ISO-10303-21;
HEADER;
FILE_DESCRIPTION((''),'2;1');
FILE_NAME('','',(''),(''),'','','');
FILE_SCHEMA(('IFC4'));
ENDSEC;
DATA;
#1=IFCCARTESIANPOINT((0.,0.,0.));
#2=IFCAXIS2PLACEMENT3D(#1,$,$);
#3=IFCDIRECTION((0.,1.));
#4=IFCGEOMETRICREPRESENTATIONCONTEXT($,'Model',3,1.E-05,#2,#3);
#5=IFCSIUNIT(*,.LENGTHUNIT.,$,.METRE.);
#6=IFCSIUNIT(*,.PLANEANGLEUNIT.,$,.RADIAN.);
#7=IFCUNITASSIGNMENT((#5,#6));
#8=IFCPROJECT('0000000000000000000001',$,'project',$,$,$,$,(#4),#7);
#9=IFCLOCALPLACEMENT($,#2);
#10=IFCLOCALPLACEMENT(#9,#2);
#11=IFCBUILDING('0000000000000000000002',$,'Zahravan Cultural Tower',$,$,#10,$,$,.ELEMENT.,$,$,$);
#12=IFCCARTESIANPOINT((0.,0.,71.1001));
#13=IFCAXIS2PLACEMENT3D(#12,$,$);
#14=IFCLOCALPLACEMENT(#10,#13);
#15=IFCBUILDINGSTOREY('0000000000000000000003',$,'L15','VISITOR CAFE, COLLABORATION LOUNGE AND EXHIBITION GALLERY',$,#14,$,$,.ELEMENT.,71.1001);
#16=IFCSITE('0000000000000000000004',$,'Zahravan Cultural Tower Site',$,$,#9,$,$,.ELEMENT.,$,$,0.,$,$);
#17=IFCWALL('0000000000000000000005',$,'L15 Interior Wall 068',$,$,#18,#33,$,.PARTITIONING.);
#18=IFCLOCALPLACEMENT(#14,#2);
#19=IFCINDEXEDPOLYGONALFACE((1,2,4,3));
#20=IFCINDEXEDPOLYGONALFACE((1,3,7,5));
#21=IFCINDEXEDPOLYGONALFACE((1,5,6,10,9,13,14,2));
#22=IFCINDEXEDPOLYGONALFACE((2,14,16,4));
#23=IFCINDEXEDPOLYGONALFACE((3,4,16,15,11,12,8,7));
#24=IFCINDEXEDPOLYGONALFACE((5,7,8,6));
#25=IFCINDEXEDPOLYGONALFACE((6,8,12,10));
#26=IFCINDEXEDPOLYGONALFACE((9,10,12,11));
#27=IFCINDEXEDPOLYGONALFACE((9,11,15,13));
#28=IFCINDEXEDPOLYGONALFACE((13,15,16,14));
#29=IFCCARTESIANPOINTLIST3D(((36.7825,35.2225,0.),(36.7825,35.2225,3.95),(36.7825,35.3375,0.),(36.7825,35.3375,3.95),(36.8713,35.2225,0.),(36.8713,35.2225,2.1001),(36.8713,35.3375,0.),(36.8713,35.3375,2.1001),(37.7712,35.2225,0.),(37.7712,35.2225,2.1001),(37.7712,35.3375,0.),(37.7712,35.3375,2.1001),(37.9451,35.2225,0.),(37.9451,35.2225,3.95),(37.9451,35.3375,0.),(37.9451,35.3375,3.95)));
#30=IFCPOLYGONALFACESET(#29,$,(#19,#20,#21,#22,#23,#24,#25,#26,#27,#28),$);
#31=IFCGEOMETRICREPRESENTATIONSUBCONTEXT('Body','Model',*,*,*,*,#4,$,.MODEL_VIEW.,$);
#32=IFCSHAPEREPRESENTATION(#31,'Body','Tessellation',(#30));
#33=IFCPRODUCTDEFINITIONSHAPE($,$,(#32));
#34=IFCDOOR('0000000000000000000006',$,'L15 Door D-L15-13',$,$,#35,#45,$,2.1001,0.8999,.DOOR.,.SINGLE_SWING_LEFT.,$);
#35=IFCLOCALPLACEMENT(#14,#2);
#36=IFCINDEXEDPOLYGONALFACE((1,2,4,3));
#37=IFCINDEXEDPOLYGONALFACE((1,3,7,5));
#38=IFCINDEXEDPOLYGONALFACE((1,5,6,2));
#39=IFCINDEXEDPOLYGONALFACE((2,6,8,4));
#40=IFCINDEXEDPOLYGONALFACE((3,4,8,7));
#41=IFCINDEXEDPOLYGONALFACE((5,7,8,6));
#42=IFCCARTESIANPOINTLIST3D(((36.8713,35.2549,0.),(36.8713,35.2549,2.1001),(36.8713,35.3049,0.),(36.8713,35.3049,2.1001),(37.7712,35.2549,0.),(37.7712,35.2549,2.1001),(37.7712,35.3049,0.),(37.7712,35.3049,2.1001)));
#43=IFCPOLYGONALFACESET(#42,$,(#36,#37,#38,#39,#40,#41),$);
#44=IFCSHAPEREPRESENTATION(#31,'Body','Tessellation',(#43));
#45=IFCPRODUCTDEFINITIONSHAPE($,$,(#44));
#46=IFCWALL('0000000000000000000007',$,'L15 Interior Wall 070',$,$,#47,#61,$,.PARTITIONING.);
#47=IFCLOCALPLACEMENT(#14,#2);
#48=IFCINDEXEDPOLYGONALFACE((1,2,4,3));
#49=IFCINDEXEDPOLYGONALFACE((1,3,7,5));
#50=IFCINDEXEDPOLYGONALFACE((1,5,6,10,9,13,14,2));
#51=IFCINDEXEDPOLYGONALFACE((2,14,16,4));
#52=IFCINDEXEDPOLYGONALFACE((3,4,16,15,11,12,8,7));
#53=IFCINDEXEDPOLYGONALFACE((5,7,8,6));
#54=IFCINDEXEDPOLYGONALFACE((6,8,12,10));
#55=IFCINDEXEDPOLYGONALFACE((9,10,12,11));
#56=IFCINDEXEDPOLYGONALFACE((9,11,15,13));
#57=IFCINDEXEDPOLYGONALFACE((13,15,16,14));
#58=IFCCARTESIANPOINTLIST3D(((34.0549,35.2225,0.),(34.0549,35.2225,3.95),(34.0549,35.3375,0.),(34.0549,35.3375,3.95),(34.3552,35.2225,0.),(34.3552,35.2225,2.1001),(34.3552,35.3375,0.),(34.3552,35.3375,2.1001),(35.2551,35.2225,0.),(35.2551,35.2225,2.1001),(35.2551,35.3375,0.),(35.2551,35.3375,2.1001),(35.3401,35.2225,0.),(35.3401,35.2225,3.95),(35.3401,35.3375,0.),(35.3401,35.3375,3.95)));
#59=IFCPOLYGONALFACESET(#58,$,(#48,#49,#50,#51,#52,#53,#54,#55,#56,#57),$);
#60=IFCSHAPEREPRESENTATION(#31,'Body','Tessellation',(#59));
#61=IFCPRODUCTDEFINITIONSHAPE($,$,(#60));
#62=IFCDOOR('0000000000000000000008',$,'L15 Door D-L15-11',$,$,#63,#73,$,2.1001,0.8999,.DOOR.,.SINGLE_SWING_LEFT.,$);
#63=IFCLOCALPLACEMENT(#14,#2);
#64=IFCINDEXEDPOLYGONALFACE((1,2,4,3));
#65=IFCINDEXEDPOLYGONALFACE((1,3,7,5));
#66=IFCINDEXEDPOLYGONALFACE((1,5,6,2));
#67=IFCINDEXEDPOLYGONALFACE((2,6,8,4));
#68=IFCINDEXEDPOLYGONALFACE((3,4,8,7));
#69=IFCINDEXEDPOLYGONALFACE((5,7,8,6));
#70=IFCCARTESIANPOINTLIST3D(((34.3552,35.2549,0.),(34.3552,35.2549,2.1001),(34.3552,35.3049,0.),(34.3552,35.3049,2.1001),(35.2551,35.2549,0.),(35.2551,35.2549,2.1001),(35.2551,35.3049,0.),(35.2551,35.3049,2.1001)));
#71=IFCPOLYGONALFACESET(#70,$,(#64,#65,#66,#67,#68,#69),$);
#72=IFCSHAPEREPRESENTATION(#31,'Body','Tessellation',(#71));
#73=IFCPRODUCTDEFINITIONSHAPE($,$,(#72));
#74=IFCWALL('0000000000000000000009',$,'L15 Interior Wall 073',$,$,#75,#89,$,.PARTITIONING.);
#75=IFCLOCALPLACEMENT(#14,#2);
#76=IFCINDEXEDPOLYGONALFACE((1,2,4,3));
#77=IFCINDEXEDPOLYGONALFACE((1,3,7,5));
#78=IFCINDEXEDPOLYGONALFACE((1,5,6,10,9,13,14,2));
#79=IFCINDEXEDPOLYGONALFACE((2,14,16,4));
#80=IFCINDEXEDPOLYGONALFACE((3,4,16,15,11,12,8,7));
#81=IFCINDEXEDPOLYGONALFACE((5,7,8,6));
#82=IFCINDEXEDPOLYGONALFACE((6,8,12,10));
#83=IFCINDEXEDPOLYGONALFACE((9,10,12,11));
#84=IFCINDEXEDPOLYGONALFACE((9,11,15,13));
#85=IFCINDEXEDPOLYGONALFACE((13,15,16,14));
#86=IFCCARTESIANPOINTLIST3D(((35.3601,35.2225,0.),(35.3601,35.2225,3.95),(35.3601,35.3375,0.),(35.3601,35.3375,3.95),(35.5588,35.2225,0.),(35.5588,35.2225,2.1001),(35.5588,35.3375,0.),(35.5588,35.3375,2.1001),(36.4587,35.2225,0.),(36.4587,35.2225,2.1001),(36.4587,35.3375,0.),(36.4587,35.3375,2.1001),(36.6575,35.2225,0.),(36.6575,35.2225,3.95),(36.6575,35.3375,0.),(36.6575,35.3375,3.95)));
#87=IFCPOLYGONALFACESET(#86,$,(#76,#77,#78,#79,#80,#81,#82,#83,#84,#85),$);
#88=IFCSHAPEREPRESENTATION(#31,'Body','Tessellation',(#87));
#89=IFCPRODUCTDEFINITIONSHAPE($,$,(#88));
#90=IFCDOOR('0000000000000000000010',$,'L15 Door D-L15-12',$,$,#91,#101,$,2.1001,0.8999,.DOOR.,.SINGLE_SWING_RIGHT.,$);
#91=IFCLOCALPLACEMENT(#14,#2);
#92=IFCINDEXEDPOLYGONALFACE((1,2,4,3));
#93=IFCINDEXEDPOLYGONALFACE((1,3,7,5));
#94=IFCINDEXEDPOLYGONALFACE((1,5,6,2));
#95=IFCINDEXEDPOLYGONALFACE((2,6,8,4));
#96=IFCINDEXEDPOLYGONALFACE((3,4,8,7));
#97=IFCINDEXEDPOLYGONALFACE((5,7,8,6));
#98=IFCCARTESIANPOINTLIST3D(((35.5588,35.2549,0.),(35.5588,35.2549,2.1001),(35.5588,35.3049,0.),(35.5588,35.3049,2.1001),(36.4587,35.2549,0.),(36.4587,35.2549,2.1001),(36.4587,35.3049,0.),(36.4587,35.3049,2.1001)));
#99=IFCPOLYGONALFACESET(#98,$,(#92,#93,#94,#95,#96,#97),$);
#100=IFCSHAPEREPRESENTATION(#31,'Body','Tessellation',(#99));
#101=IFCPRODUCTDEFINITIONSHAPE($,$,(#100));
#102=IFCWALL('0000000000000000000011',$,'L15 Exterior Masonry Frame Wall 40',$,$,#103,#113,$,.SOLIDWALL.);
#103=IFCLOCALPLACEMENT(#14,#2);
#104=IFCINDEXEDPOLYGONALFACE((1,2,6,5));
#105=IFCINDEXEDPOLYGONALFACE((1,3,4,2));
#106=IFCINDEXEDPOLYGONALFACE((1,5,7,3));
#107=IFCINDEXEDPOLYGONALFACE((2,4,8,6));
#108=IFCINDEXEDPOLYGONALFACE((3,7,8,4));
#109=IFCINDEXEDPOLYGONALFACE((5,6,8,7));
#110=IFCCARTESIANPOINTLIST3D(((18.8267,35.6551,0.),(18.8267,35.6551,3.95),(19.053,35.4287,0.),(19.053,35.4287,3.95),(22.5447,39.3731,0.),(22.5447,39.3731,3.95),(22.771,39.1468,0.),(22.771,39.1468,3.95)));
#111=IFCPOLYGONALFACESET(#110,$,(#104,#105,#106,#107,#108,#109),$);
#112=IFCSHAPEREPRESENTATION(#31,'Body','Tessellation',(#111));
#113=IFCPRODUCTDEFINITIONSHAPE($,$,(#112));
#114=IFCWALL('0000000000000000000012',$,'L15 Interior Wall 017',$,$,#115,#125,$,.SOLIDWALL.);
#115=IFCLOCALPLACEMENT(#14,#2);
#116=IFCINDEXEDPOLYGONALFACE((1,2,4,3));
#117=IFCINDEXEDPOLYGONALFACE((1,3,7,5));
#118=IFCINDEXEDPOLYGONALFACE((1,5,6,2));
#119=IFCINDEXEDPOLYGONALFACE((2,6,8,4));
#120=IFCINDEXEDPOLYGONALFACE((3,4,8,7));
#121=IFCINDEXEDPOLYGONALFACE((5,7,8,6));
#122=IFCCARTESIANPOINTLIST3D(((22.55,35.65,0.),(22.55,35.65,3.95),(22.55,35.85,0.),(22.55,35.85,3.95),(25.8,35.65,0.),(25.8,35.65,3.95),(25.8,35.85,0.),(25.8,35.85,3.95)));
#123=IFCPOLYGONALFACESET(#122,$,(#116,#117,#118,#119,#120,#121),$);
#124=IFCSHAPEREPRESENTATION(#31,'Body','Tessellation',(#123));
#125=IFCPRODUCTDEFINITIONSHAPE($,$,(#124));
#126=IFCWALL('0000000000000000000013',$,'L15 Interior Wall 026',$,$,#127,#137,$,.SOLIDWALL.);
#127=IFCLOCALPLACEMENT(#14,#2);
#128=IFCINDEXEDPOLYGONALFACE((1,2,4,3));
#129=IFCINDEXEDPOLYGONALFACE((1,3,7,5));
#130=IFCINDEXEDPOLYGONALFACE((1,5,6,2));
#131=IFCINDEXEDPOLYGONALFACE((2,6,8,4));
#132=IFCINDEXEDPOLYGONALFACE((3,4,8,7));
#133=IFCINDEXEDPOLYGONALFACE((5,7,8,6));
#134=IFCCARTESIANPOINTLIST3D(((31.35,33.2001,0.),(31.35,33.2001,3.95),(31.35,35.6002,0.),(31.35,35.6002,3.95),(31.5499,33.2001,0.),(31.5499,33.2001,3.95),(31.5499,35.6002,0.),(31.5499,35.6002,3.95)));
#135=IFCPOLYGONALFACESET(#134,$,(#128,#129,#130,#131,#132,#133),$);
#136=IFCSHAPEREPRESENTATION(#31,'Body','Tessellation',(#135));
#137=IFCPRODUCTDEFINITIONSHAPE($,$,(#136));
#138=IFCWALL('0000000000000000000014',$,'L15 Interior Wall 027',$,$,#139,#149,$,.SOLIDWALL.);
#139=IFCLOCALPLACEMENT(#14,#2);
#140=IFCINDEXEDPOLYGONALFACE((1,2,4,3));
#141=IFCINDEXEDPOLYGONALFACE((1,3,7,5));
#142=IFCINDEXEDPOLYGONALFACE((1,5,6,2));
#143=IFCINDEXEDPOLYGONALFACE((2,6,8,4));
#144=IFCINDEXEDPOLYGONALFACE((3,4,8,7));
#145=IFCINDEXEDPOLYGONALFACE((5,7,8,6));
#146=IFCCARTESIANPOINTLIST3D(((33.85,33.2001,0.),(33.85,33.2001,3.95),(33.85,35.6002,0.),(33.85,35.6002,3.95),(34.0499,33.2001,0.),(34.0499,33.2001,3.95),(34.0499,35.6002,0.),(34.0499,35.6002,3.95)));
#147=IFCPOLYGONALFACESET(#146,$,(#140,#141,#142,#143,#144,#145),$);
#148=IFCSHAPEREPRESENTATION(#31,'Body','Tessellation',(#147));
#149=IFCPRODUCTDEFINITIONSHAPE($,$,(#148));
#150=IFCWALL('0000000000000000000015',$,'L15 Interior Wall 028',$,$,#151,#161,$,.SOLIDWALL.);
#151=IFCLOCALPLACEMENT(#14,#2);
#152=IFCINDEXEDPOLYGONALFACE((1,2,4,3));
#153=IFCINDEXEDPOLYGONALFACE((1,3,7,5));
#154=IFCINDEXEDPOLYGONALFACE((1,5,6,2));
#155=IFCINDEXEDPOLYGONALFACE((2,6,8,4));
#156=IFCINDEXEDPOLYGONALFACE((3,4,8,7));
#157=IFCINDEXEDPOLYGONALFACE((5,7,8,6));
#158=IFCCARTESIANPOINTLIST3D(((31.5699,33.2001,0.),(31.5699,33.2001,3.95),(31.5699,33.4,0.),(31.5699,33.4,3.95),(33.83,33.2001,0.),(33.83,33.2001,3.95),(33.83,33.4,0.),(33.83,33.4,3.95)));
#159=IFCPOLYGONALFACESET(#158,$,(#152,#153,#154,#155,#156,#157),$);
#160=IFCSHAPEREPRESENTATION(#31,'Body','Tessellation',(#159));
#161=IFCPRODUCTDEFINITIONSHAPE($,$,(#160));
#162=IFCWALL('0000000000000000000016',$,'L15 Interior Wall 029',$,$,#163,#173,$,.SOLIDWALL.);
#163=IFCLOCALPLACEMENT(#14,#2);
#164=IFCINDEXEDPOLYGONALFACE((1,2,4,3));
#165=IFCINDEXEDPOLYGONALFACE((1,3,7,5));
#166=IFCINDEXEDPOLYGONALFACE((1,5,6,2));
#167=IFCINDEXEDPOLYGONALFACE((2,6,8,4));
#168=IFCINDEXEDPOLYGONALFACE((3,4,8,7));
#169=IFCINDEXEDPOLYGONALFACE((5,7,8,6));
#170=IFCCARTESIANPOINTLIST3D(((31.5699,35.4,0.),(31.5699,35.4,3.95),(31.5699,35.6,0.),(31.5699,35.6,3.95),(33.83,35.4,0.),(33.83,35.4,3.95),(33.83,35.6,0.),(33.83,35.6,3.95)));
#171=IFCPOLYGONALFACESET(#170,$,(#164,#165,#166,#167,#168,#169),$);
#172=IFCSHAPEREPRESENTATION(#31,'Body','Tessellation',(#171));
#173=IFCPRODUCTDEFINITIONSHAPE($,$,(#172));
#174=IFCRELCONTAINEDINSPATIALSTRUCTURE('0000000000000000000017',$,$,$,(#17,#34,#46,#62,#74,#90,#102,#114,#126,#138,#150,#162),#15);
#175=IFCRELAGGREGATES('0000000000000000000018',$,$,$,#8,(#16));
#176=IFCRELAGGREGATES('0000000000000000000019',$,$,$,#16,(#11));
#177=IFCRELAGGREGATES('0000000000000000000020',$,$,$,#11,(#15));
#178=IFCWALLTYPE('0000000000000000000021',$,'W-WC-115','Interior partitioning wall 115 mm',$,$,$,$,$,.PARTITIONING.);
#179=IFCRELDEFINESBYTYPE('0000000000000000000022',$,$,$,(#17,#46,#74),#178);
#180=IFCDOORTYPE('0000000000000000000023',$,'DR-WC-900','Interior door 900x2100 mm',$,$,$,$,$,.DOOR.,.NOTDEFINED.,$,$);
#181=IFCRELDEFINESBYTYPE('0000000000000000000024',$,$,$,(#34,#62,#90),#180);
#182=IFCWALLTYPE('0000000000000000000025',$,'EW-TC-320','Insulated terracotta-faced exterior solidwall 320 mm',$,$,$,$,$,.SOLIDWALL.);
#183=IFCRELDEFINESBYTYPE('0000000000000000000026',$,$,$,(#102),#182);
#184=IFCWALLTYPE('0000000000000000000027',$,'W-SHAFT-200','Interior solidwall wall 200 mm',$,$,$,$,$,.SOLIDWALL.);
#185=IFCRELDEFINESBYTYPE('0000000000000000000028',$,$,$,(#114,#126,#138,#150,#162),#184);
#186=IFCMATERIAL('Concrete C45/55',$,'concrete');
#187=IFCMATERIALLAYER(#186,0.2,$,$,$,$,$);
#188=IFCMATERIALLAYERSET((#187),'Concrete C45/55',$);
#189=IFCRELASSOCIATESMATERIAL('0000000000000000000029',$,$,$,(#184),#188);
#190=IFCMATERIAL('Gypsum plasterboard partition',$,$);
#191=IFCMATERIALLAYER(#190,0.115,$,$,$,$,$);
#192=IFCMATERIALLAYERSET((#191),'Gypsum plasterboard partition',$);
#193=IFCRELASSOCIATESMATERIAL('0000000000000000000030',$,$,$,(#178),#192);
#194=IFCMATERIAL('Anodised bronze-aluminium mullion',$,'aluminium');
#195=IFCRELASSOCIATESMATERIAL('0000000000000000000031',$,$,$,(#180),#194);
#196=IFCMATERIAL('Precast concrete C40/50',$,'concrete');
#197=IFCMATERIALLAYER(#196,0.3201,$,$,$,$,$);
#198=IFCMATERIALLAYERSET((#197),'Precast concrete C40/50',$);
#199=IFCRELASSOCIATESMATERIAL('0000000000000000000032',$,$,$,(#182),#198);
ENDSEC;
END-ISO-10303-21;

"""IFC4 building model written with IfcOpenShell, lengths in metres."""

from ifc_helpers import new_model, si_unit, direction, frame, frame_2d, origin, place, context, subcontext, project, spatial, rectangle, extrude, source, transform, mapped, material, layer, layer_set, type_object, element, fill, save


model = new_model("IFC4")

# Units and contexts
model_context = context("Model", 3, precision=1e-05, world=origin(), true_north=direction((0.0, 1.0)))
body_context = subcontext(model_context, "Body", "Model", "MODEL_VIEW")
ifc_project = project(units=[si_unit("LENGTHUNIT", "METRE"), si_unit("PLANEANGLEUNIT", "RADIAN")], contexts=[model_context])

# Site, building, storey
site_placement = place(None, origin())
site = spatial("IfcSite", under=ifc_project, at=site_placement, Name="Zahravan Cultural Tower Site", CompositionType="ELEMENT", RefElevation=0.0)
building_placement = place(site_placement, origin())
building = spatial("IfcBuilding", under=site, at=building_placement, Name="Zahravan Cultural Tower", CompositionType="ELEMENT")
storey_placement = place(building_placement, frame((0.0, 0.0, 71.1001)))
storey = spatial("IfcBuildingStorey", under=building, at=storey_placement, Name="L15", Description="VISITOR CAFE, COLLABORATION LOUNGE AND EXHIBITION GALLERY", CompositionType="ELEMENT", Elevation=71.1001)

# Walls, openings, doors
ifc_material_1 = material(Name="Gypsum plasterboard partition")
ifc_material_2 = material(Name="Anodised bronze-aluminium mullion", Category="aluminium")
ifc_material_3 = material(Name="Concrete C45/55", Category="concrete")
ifc_layer_1 = layer(ifc_material_3, 0.2)
ifc_layer_set_1 = layer_set([ifc_layer_1], Name="Concrete C45/55")
wall_type_1 = type_object("IfcWallType", Name="W-SHAFT-200", Description="Interior solidwall wall 200 mm", PredefinedType="SOLIDWALL", material=ifc_layer_set_1)
ifc_layer_2 = layer(ifc_material_1, 0.115)
ifc_layer_set_2 = layer_set([ifc_layer_2], Name="Gypsum plasterboard partition")
wall_type_2 = type_object("IfcWallType", Name="W-WC-115", Description="Interior partitioning wall 115 mm", PredefinedType="PARTITIONING", material=ifc_layer_set_2)
wall_1_placement = place(storey_placement, frame((36.7825, 35.28, 0.0), z_axis=(0.0, 0.0, 1.0), x_axis=(1.0, 0.0, 0.0)))
wall_1 = element("IfcWall", 1, at=wall_1_placement, inside=storey, type_object=wall_type_2, Name="L15 Interior Wall 068", PredefinedType="PARTITIONING", context=body_context, shape_type="SweptSolid", body=[
    extrude(rectangle(XDim=1.1626, YDim=0.115, at=frame_2d((0.5813, 0.0))), origin(), (0.0, 0.0, 1.0), 3.95),
])
opening_1_placement = place(wall_1_placement, frame((0.0889, 0.0, 0.0)))
opening_1 = element("IfcOpeningElement", 2, at=opening_1_placement, cuts=wall_1, PredefinedType="OPENING", context=body_context, shape_type="SweptSolid", body=[
    extrude(rectangle(XDim=0.8999, YDim=2.1001, at=frame_2d((0.45, 1.05))), frame((0.0, 0.0674, 0.0), z_axis=(0.0, -1.0, 0.0), x_axis=(1.0, 0.0, 0.0)), (0.0, 0.0, 1.0), 0.135),
])
door_type_1 = type_object("IfcDoorType", Name="DR-WC-900", Description="Interior door 900x2100 mm", OperationType="NOTDEFINED", PredefinedType="DOOR", material=ifc_material_2)
shared_shape_1 = source(origin(), body_context, "Body", "SweptSolid", [
    extrude(rectangle(XDim=0.8999, YDim=2.1001, at=frame_2d((0.45, 1.05))), frame((0.0, 0.0249, 0.0), z_axis=(0.0, -1.0, 0.0), x_axis=(1.0, 0.0, 0.0)), (0.0, 0.0, 1.0), 0.05),
])
door_1_placement = place(opening_1_placement, origin())
door_1 = element("IfcDoor", 3, at=door_1_placement, inside=storey, type_object=door_type_1, Name="L15 Door D-L15-13", OperationType="SINGLE_SWING_LEFT", OverallHeight=2.1001, OverallWidth=0.8999, PredefinedType="DOOR", context=body_context, shape_type="MappedRepresentation", body=[
    mapped(shared_shape_1, transform((0.0, 0.0, 0.0), x_axis=(1.0, 0.0, 0.0), y_axis=(0.0, 1.0, 0.0), z_axis=(0.0, 0.0, 1.0), scale=1.0)),
])
fill(opening_1, door_1)
wall_2_placement = place(storey_placement, frame((34.0549, 35.28, 0.0), z_axis=(0.0, 0.0, 1.0), x_axis=(1.0, 0.0, 0.0)))
wall_2 = element("IfcWall", 4, at=wall_2_placement, inside=storey, type_object=wall_type_2, Name="L15 Interior Wall 070", PredefinedType="PARTITIONING", context=body_context, shape_type="SweptSolid", body=[
    extrude(rectangle(XDim=1.2852, YDim=0.115, at=frame_2d((0.6426, 0.0))), origin(), (0.0, 0.0, 1.0), 3.95),
])
opening_2_placement = place(wall_2_placement, frame((0.3003, 0.0, 0.0)))
opening_2 = element("IfcOpeningElement", 5, at=opening_2_placement, cuts=wall_2, PredefinedType="OPENING", context=body_context, shape_type="SweptSolid", body=[
    extrude(rectangle(XDim=0.8999, YDim=2.1001, at=frame_2d((0.45, 1.05))), frame((0.0, 0.0674, 0.0), z_axis=(0.0, -1.0, 0.0), x_axis=(1.0, 0.0, 0.0)), (0.0, 0.0, 1.0), 0.135),
])
door_2_placement = place(opening_2_placement, origin())
door_2 = element("IfcDoor", 6, at=door_2_placement, inside=storey, type_object=door_type_1, Name="L15 Door D-L15-11", OperationType="SINGLE_SWING_LEFT", OverallHeight=2.1001, OverallWidth=0.8999, PredefinedType="DOOR", context=body_context, shape_type="MappedRepresentation", body=[
    mapped(shared_shape_1, transform((0.0, 0.0, 0.0), x_axis=(1.0, 0.0, 0.0), y_axis=(0.0, 1.0, 0.0), z_axis=(0.0, 0.0, 1.0), scale=1.0)),
])
fill(opening_2, door_2)
wall_3_placement = place(storey_placement, frame((35.3601, 35.28, 0.0), z_axis=(0.0, 0.0, 1.0), x_axis=(1.0, 0.0, 0.0)))
wall_3 = element("IfcWall", 7, at=wall_3_placement, inside=storey, type_object=wall_type_2, Name="L15 Interior Wall 073", PredefinedType="PARTITIONING", context=body_context, shape_type="SweptSolid", body=[
    extrude(rectangle(XDim=1.2974, YDim=0.115, at=frame_2d((0.6487, 0.0))), origin(), (0.0, 0.0, 1.0), 3.95),
])
opening_3_placement = place(wall_3_placement, frame((0.1987, 0.0, 0.0)))
opening_3 = element("IfcOpeningElement", 8, at=opening_3_placement, cuts=wall_3, PredefinedType="OPENING", context=body_context, shape_type="SweptSolid", body=[
    extrude(rectangle(XDim=0.8999, YDim=2.1001, at=frame_2d((0.45, 1.05))), frame((0.0, 0.0674, 0.0), z_axis=(0.0, -1.0, 0.0), x_axis=(1.0, 0.0, 0.0)), (0.0, 0.0, 1.0), 0.135),
])
door_3_placement = place(opening_3_placement, origin())
door_3 = element("IfcDoor", 9, at=door_3_placement, inside=storey, type_object=door_type_1, Name="L15 Door D-L15-12", OperationType="SINGLE_SWING_RIGHT", OverallHeight=2.1001, OverallWidth=0.8999, PredefinedType="DOOR", context=body_context, shape_type="MappedRepresentation", body=[
    mapped(shared_shape_1, transform((0.0, 0.0, 0.0), x_axis=(1.0, 0.0, 0.0), y_axis=(0.0, 1.0, 0.0), z_axis=(0.0, 0.0, 1.0), scale=1.0)),
])
fill(opening_3, door_3)

# Walls
ifc_material_4 = material(Name="Precast concrete C40/50", Category="concrete")
ifc_layer_3 = layer(ifc_material_4, 0.3201)
ifc_layer_set_3 = layer_set([ifc_layer_3], Name="Precast concrete C40/50")
wall_type_3 = type_object("IfcWallType", Name="EW-TC-320", Description="Insulated terracotta-faced exterior solidwall 320 mm", PredefinedType="SOLIDWALL", material=ifc_layer_set_3)
shared_shape_2 = source(origin(), body_context, "Body", "SweptSolid", [
    extrude(rectangle(XDim=5.2581, YDim=0.3201, at=frame_2d((2.6289, 0.0))), origin(), (0.0, 0.0, 1.0), 3.95),
])
wall_4_placement = place(storey_placement, frame((18.9399, 35.542, 0.0), z_axis=(0.0, 0.0, 1.0), x_axis=(0.707107, 0.707107, 0.0)))
element("IfcWall", 10, at=wall_4_placement, inside=storey, type_object=wall_type_3, Name="L15 Exterior Masonry Frame Wall 40", PredefinedType="SOLIDWALL", context=body_context, shape_type="MappedRepresentation", body=[
    mapped(shared_shape_2, transform((0.0, 0.0, 0.0), x_axis=(1.0, 0.0, 0.0), y_axis=(0.0, 1.0, 0.0), z_axis=(0.0, 0.0, 1.0), scale=1.0)),
])
shared_shape_3 = source(origin(), body_context, "Body", "SweptSolid", [
    extrude(rectangle(XDim=3.25, YDim=0.2, at=frame_2d((1.625, 0.0))), origin(), (0.0, 0.0, 1.0), 3.95),
])
wall_5_placement = place(storey_placement, frame((22.55, 35.75, 0.0), z_axis=(0.0, 0.0, 1.0), x_axis=(1.0, 0.0, 0.0)))
element("IfcWall", 11, at=wall_5_placement, inside=storey, type_object=wall_type_1, Name="L15 Interior Wall 017", PredefinedType="SOLIDWALL", context=body_context, shape_type="MappedRepresentation", body=[
    mapped(shared_shape_3, transform((0.0, 0.0, 0.0), x_axis=(1.0, 0.0, 0.0), y_axis=(0.0, 1.0, 0.0), z_axis=(0.0, 0.0, 1.0), scale=1.0)),
])
shared_shape_4 = source(origin(), body_context, "Body", "SweptSolid", [
    extrude(rectangle(XDim=2.4001, YDim=0.2, at=frame_2d((1.2002, 0.0))), origin(), (0.0, 0.0, 1.0), 3.95),
])
for number, where, z_axis, x_axis, name in (
    (12, (31.45, 33.2, 0.0), (0.0, 0.0, 1.0), (0.0, 1.0, 0.0), "L15 Interior Wall 026"),
    (13, (33.95, 33.2, 0.0), (0.0, 0.0, 1.0), (0.0, 1.0, 0.0), "L15 Interior Wall 027"),
):
    element("IfcWall", number, at=place(storey_placement, frame(where, z_axis=z_axis, x_axis=x_axis)), inside=storey, type_object=wall_type_1, Name=name, PredefinedType="SOLIDWALL", context=body_context, shape_type="MappedRepresentation", body=[
        mapped(shared_shape_4, transform((0.0, 0.0, 0.0), x_axis=(1.0, 0.0, 0.0), y_axis=(0.0, 1.0, 0.0), z_axis=(0.0, 0.0, 1.0), scale=1.0)),
    ])
shared_shape_5 = source(origin(), body_context, "Body", "SweptSolid", [
    extrude(rectangle(XDim=2.26, YDim=0.2, at=frame_2d((1.1299, 0.0))), origin(), (0.0, 0.0, 1.0), 3.95),
])
for number, where, z_axis, x_axis, name in (
    (14, (31.5701, 33.3, 0.0), (0.0, 0.0, 1.0), (1.0, 0.0, 0.0), "L15 Interior Wall 028"),
    (15, (31.5701, 35.5, 0.0), (0.0, 0.0, 1.0), (1.0, 0.0, 0.0), "L15 Interior Wall 029"),
):
    element("IfcWall", number, at=place(storey_placement, frame(where, z_axis=z_axis, x_axis=x_axis)), inside=storey, type_object=wall_type_1, Name=name, PredefinedType="SOLIDWALL", context=body_context, shape_type="MappedRepresentation", body=[
        mapped(shared_shape_5, transform((0.0, 0.0, 0.0), x_axis=(1.0, 0.0, 0.0), y_axis=(0.0, 1.0, 0.0), z_axis=(0.0, 0.0, 1.0), scale=1.0)),
    ])

save(model, "model.ifc")
